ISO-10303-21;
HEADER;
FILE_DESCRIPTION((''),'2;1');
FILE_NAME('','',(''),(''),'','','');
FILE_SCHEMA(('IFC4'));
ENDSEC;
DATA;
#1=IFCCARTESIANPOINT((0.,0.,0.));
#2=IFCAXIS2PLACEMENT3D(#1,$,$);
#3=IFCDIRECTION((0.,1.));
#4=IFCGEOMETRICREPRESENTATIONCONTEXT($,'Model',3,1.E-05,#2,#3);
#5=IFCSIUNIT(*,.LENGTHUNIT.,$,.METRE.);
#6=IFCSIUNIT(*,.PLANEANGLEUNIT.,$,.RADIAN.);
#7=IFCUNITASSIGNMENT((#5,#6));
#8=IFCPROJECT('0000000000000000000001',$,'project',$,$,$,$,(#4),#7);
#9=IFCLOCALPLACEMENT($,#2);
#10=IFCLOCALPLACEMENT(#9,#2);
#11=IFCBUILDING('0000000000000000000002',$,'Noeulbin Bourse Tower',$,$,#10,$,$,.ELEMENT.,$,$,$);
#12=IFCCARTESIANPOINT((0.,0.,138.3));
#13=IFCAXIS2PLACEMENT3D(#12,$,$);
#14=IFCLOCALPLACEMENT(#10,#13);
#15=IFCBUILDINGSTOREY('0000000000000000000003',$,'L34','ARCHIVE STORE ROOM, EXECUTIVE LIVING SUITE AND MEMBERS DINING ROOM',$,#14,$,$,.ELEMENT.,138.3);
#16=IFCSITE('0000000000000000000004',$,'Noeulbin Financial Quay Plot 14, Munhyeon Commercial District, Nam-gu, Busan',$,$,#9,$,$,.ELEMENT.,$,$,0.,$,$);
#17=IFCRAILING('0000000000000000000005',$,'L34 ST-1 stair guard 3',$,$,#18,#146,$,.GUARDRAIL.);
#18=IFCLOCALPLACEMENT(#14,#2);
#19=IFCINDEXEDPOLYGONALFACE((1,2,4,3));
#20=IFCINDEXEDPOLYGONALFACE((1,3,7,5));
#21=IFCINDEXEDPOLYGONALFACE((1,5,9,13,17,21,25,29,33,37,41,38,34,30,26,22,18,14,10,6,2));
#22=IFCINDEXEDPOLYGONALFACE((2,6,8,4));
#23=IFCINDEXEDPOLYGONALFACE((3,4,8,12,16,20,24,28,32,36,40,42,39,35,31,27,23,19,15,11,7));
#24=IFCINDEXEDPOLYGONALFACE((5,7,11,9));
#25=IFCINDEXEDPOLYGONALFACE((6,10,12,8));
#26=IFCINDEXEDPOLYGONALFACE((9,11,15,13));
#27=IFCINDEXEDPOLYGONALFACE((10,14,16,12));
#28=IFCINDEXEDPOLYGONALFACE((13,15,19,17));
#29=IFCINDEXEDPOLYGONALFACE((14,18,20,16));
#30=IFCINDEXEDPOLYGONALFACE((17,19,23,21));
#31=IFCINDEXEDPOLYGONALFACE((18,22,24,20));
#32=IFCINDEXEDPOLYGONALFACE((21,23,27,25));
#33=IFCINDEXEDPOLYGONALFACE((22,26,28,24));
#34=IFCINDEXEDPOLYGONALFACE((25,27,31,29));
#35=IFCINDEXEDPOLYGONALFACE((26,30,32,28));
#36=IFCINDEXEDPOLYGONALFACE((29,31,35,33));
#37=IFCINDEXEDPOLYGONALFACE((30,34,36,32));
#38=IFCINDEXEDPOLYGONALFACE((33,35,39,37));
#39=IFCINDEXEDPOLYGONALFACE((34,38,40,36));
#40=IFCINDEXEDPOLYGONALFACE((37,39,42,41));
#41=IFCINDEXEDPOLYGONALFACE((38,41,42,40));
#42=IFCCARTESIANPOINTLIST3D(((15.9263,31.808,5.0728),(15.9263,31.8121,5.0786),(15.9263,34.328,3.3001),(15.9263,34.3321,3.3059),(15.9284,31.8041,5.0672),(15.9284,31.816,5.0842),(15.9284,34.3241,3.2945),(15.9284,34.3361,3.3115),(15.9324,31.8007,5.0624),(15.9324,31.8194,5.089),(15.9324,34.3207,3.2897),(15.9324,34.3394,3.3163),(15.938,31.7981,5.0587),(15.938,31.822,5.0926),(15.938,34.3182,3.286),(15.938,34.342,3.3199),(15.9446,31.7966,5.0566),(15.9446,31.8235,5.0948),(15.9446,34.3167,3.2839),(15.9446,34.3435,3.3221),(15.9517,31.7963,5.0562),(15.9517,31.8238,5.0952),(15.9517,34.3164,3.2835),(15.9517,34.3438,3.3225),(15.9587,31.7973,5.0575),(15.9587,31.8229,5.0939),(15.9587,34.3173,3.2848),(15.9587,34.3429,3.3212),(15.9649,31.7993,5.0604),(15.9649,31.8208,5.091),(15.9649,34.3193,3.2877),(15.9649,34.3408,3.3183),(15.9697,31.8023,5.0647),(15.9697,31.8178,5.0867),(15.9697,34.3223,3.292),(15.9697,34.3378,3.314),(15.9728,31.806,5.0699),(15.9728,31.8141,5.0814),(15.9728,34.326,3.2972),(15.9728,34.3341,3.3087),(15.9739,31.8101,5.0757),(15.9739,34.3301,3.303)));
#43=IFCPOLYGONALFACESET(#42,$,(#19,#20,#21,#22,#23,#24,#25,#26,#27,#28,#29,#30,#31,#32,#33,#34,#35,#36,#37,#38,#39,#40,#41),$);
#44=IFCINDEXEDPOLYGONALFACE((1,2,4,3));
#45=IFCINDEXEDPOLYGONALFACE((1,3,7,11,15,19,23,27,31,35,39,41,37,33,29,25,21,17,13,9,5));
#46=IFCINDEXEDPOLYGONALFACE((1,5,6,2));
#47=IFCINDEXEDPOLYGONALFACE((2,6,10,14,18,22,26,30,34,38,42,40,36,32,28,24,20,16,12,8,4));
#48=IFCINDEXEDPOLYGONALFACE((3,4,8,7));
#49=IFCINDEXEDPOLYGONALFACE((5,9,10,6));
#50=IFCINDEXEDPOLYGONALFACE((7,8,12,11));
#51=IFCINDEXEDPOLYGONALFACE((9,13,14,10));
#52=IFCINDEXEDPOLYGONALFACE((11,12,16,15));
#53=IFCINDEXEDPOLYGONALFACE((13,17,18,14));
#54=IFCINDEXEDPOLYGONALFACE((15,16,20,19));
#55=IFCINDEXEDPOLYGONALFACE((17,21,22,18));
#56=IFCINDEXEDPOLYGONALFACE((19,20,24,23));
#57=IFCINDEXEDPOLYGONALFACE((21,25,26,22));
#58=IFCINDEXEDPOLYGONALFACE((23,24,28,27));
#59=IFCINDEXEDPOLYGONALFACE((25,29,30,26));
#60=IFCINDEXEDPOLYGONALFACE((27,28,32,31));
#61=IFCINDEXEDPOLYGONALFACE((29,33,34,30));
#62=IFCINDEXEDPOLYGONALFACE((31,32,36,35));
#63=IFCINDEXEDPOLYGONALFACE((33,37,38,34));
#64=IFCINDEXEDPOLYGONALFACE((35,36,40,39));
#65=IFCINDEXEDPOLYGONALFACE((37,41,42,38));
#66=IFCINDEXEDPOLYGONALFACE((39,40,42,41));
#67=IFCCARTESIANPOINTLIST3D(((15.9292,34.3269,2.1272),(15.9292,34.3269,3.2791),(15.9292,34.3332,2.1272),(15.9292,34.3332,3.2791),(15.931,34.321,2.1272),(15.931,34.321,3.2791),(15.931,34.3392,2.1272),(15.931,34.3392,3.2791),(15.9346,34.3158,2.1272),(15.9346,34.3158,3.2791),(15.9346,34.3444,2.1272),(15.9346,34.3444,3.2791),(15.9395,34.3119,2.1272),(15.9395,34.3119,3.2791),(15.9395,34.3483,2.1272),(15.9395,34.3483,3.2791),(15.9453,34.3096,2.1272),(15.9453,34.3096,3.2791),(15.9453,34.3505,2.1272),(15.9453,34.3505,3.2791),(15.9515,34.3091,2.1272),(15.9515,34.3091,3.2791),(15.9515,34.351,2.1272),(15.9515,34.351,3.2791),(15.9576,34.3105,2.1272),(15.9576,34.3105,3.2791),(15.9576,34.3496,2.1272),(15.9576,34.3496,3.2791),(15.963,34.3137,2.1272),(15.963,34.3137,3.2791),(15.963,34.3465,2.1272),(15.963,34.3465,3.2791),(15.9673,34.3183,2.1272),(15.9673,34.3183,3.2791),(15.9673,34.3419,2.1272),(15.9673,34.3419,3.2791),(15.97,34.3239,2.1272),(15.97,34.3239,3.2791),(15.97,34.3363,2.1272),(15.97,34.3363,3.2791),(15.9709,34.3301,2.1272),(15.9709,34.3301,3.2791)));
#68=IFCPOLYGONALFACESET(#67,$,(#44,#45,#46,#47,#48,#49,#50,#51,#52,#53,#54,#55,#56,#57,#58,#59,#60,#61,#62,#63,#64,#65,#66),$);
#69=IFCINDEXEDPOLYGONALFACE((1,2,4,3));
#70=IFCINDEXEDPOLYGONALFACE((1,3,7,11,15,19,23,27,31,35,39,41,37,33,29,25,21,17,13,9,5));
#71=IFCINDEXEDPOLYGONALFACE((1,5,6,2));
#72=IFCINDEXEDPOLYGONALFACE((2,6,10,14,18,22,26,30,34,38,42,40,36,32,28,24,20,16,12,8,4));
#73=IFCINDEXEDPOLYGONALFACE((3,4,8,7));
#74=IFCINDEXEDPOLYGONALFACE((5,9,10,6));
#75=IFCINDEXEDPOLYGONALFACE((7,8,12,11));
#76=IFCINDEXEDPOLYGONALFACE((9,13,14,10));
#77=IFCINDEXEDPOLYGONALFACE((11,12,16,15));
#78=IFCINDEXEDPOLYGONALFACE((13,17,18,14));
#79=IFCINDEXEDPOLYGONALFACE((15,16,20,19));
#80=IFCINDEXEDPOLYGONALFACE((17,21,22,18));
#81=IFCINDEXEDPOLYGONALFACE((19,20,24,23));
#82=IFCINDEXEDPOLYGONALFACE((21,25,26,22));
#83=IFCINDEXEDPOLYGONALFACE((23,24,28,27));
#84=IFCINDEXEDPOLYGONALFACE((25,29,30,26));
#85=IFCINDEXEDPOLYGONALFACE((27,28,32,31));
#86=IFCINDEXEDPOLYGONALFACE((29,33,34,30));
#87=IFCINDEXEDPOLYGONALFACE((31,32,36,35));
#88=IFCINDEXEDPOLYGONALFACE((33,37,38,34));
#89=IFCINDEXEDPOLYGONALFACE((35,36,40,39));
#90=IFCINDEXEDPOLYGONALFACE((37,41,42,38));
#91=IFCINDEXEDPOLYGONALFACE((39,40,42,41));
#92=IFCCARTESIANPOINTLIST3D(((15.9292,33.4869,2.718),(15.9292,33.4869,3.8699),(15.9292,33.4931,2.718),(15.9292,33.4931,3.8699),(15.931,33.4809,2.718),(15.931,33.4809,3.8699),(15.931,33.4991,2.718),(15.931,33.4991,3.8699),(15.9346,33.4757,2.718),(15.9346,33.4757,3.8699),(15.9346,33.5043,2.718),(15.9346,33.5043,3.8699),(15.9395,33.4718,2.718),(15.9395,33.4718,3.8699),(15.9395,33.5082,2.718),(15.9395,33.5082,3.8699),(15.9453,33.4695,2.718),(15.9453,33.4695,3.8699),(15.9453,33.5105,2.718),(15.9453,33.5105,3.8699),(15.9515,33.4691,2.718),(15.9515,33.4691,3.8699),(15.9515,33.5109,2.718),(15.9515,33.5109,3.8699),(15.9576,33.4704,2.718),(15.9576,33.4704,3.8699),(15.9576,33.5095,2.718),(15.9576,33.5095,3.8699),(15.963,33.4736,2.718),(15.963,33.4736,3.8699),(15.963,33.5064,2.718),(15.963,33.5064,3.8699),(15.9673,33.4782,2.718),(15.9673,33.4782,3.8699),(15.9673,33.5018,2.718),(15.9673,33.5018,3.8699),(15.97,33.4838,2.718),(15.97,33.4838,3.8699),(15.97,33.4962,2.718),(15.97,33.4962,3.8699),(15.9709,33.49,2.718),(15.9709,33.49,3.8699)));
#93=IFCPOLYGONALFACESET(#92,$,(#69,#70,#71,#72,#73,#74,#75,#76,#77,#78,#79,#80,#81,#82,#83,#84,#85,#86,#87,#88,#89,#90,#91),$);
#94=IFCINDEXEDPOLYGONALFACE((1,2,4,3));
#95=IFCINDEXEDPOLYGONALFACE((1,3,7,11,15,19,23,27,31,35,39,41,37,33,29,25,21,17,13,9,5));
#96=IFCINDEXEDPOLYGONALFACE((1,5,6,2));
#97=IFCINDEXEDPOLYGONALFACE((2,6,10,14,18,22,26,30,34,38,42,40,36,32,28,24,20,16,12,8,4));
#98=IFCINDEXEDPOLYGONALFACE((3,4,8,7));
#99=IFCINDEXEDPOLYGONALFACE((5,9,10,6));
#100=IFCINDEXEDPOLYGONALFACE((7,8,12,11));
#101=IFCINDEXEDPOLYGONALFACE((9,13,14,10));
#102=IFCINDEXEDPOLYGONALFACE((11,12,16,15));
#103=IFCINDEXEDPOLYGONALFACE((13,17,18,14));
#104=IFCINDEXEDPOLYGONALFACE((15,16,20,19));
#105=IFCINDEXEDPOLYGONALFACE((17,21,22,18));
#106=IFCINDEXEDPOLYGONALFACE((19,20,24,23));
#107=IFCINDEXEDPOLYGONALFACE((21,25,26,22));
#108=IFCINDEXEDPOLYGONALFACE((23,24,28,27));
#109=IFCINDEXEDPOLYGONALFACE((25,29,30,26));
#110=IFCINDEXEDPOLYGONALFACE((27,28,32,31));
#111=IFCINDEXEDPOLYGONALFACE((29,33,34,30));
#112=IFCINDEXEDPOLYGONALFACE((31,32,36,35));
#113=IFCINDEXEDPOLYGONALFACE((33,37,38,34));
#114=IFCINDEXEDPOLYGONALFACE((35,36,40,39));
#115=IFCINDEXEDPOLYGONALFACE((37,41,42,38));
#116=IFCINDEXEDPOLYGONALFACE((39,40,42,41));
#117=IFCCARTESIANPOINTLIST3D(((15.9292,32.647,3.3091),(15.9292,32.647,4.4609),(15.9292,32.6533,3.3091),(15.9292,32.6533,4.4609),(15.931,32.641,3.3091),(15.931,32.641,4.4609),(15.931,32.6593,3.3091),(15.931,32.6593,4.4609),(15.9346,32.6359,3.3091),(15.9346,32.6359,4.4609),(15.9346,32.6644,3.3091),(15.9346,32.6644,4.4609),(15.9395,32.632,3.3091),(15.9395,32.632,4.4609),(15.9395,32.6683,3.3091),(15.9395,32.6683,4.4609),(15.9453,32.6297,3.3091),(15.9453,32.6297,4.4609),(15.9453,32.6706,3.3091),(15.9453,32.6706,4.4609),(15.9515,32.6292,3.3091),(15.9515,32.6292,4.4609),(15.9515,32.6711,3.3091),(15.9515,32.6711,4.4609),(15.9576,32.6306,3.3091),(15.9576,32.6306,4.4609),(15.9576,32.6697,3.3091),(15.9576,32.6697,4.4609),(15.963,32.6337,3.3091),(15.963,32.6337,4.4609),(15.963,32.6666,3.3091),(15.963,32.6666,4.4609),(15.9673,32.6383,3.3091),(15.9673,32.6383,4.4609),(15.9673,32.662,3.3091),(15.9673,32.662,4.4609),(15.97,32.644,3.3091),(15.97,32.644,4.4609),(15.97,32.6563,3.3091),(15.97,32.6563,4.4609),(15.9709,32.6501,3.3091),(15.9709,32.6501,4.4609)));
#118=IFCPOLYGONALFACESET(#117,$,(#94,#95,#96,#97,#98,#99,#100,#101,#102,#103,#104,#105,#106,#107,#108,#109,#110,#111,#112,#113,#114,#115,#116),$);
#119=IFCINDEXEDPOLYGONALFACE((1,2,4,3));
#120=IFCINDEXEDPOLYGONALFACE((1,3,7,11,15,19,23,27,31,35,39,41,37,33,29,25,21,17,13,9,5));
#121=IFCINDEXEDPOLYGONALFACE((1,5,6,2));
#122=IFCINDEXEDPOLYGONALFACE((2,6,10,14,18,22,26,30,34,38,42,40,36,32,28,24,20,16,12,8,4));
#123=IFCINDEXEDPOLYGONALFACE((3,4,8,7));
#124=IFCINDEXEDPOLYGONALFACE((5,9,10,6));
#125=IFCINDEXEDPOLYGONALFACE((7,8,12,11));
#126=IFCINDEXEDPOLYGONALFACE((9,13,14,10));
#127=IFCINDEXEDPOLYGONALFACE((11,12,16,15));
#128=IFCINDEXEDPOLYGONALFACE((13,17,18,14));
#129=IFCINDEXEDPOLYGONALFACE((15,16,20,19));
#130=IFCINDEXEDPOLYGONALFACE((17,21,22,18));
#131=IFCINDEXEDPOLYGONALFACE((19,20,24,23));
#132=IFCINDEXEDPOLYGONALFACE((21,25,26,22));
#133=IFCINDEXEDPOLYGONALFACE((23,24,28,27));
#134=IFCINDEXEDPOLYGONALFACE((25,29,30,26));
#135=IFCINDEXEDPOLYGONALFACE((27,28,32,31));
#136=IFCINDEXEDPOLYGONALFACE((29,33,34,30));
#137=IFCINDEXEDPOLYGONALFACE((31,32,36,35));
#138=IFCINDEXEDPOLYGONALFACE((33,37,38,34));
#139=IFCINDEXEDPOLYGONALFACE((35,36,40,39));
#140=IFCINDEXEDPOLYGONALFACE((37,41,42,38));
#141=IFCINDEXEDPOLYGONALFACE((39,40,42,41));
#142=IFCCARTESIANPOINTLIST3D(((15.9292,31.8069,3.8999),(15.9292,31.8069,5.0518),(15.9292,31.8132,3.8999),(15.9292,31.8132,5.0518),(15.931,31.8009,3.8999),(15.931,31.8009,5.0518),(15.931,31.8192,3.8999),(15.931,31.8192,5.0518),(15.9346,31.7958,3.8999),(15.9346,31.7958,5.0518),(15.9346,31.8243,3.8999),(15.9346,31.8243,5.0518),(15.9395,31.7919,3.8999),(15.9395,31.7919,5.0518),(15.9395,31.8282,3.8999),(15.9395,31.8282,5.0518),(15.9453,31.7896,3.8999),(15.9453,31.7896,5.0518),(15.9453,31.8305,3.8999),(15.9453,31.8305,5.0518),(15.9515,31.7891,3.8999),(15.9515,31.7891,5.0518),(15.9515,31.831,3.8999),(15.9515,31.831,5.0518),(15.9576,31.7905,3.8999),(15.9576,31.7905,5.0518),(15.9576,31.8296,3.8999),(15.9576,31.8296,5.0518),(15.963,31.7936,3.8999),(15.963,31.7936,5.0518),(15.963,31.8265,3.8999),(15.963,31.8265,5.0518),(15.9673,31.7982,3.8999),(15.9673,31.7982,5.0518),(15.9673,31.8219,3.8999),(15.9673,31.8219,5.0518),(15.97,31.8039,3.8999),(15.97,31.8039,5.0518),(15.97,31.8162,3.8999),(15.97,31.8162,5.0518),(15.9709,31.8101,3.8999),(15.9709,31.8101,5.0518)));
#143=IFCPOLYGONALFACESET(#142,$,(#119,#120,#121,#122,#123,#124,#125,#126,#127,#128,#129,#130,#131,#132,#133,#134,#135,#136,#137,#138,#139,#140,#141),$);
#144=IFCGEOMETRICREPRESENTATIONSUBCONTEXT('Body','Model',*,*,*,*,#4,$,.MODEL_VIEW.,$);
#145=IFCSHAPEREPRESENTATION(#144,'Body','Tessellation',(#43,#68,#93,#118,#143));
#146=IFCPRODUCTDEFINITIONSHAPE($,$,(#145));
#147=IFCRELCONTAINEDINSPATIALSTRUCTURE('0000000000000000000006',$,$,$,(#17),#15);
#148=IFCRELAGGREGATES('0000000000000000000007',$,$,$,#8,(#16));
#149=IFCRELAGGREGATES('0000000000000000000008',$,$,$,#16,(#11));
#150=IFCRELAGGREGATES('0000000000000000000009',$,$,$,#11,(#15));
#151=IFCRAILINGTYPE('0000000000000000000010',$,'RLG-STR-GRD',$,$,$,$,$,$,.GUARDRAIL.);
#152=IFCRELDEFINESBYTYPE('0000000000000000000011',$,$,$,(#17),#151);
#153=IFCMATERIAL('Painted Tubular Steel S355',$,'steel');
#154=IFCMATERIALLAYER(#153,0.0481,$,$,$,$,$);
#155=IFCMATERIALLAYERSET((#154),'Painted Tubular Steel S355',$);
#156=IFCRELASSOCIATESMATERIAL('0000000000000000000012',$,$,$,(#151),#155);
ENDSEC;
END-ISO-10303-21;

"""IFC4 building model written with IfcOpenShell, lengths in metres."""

from ifc_helpers import new_model, si_unit, direction, frame, origin, origin_2d, place, context, subcontext, project, spatial, circle, extrude, material, layer, layer_set, type_object, element, save


model = new_model("IFC4")

# Units and contexts
model_context = context("Model", 3, precision=1e-05, world=origin(), true_north=direction((0.0, 1.0)))
body_context = subcontext(model_context, "Body", "Model", "MODEL_VIEW")
ifc_project = project(units=[si_unit("LENGTHUNIT", "METRE"), si_unit("PLANEANGLEUNIT", "RADIAN")], contexts=[model_context])

# Site, building, storey
site_placement = place(None, origin())
site = spatial("IfcSite", under=ifc_project, at=site_placement, Name="Noeulbin Financial Quay Plot 14, Munhyeon Commercial District, Nam-gu, Busan", CompositionType="ELEMENT", RefElevation=0.0)
building_placement = place(site_placement, origin())
building = spatial("IfcBuilding", under=site, at=building_placement, Name="Noeulbin Bourse Tower", CompositionType="ELEMENT")
storey_placement = place(building_placement, frame((0.0, 0.0, 138.3)))
storey = spatial("IfcBuildingStorey", under=building, at=storey_placement, Name="L34", Description="ARCHIVE STORE ROOM, EXECUTIVE LIVING SUITE AND MEMBERS DINING ROOM", CompositionType="ELEMENT", Elevation=138.3)

# Railing
ifc_material_1 = material(Name="Painted Tubular Steel S355", Category="steel")
ifc_layer_1 = layer(ifc_material_1, 0.0481)
ifc_layer_set_1 = layer_set([ifc_layer_1], Name="Painted Tubular Steel S355")
railing_type = type_object("IfcRailingType", Name="RLG-STR-GRD", PredefinedType="GUARDRAIL", material=ifc_layer_set_1)
railing_1_placement = place(storey_placement, frame((15.95, 34.3301, 2.1272)))
element("IfcRailing", 1, at=railing_1_placement, inside=storey, type_object=railing_type, Name="L34 ST-1 stair guard 3", PredefinedType="GUARDRAIL", context=body_context, shape_type="SweptSolid", body=[
    extrude(circle(Radius=0.0239, at=origin_2d()), frame((0.0, 0.0, 1.1758), z_axis=(0.0, -0.817904, 0.575354), x_axis=(1.0, 0.0, 0.0)), (0.0, 0.0, 1.0), 3.0811),
    extrude(circle(Radius=0.021, at=origin_2d()), origin(), (0.0, 0.0, 1.0), 1.1519),
    extrude(circle(Radius=0.021, at=origin_2d()), frame((0.0, -0.8401, 0.5908)), (0.0, 0.0, 1.0), 1.1519),
    extrude(circle(Radius=0.021, at=origin_2d()), frame((0.0, -1.6799, 1.1819)), (0.0, 0.0, 1.0), 1.1519),
    extrude(circle(Radius=0.021, at=origin_2d()), frame((0.0, -2.52, 1.7727)), (0.0, 0.0, 1.0), 1.1519),
])

save(model, "model.ifc")
